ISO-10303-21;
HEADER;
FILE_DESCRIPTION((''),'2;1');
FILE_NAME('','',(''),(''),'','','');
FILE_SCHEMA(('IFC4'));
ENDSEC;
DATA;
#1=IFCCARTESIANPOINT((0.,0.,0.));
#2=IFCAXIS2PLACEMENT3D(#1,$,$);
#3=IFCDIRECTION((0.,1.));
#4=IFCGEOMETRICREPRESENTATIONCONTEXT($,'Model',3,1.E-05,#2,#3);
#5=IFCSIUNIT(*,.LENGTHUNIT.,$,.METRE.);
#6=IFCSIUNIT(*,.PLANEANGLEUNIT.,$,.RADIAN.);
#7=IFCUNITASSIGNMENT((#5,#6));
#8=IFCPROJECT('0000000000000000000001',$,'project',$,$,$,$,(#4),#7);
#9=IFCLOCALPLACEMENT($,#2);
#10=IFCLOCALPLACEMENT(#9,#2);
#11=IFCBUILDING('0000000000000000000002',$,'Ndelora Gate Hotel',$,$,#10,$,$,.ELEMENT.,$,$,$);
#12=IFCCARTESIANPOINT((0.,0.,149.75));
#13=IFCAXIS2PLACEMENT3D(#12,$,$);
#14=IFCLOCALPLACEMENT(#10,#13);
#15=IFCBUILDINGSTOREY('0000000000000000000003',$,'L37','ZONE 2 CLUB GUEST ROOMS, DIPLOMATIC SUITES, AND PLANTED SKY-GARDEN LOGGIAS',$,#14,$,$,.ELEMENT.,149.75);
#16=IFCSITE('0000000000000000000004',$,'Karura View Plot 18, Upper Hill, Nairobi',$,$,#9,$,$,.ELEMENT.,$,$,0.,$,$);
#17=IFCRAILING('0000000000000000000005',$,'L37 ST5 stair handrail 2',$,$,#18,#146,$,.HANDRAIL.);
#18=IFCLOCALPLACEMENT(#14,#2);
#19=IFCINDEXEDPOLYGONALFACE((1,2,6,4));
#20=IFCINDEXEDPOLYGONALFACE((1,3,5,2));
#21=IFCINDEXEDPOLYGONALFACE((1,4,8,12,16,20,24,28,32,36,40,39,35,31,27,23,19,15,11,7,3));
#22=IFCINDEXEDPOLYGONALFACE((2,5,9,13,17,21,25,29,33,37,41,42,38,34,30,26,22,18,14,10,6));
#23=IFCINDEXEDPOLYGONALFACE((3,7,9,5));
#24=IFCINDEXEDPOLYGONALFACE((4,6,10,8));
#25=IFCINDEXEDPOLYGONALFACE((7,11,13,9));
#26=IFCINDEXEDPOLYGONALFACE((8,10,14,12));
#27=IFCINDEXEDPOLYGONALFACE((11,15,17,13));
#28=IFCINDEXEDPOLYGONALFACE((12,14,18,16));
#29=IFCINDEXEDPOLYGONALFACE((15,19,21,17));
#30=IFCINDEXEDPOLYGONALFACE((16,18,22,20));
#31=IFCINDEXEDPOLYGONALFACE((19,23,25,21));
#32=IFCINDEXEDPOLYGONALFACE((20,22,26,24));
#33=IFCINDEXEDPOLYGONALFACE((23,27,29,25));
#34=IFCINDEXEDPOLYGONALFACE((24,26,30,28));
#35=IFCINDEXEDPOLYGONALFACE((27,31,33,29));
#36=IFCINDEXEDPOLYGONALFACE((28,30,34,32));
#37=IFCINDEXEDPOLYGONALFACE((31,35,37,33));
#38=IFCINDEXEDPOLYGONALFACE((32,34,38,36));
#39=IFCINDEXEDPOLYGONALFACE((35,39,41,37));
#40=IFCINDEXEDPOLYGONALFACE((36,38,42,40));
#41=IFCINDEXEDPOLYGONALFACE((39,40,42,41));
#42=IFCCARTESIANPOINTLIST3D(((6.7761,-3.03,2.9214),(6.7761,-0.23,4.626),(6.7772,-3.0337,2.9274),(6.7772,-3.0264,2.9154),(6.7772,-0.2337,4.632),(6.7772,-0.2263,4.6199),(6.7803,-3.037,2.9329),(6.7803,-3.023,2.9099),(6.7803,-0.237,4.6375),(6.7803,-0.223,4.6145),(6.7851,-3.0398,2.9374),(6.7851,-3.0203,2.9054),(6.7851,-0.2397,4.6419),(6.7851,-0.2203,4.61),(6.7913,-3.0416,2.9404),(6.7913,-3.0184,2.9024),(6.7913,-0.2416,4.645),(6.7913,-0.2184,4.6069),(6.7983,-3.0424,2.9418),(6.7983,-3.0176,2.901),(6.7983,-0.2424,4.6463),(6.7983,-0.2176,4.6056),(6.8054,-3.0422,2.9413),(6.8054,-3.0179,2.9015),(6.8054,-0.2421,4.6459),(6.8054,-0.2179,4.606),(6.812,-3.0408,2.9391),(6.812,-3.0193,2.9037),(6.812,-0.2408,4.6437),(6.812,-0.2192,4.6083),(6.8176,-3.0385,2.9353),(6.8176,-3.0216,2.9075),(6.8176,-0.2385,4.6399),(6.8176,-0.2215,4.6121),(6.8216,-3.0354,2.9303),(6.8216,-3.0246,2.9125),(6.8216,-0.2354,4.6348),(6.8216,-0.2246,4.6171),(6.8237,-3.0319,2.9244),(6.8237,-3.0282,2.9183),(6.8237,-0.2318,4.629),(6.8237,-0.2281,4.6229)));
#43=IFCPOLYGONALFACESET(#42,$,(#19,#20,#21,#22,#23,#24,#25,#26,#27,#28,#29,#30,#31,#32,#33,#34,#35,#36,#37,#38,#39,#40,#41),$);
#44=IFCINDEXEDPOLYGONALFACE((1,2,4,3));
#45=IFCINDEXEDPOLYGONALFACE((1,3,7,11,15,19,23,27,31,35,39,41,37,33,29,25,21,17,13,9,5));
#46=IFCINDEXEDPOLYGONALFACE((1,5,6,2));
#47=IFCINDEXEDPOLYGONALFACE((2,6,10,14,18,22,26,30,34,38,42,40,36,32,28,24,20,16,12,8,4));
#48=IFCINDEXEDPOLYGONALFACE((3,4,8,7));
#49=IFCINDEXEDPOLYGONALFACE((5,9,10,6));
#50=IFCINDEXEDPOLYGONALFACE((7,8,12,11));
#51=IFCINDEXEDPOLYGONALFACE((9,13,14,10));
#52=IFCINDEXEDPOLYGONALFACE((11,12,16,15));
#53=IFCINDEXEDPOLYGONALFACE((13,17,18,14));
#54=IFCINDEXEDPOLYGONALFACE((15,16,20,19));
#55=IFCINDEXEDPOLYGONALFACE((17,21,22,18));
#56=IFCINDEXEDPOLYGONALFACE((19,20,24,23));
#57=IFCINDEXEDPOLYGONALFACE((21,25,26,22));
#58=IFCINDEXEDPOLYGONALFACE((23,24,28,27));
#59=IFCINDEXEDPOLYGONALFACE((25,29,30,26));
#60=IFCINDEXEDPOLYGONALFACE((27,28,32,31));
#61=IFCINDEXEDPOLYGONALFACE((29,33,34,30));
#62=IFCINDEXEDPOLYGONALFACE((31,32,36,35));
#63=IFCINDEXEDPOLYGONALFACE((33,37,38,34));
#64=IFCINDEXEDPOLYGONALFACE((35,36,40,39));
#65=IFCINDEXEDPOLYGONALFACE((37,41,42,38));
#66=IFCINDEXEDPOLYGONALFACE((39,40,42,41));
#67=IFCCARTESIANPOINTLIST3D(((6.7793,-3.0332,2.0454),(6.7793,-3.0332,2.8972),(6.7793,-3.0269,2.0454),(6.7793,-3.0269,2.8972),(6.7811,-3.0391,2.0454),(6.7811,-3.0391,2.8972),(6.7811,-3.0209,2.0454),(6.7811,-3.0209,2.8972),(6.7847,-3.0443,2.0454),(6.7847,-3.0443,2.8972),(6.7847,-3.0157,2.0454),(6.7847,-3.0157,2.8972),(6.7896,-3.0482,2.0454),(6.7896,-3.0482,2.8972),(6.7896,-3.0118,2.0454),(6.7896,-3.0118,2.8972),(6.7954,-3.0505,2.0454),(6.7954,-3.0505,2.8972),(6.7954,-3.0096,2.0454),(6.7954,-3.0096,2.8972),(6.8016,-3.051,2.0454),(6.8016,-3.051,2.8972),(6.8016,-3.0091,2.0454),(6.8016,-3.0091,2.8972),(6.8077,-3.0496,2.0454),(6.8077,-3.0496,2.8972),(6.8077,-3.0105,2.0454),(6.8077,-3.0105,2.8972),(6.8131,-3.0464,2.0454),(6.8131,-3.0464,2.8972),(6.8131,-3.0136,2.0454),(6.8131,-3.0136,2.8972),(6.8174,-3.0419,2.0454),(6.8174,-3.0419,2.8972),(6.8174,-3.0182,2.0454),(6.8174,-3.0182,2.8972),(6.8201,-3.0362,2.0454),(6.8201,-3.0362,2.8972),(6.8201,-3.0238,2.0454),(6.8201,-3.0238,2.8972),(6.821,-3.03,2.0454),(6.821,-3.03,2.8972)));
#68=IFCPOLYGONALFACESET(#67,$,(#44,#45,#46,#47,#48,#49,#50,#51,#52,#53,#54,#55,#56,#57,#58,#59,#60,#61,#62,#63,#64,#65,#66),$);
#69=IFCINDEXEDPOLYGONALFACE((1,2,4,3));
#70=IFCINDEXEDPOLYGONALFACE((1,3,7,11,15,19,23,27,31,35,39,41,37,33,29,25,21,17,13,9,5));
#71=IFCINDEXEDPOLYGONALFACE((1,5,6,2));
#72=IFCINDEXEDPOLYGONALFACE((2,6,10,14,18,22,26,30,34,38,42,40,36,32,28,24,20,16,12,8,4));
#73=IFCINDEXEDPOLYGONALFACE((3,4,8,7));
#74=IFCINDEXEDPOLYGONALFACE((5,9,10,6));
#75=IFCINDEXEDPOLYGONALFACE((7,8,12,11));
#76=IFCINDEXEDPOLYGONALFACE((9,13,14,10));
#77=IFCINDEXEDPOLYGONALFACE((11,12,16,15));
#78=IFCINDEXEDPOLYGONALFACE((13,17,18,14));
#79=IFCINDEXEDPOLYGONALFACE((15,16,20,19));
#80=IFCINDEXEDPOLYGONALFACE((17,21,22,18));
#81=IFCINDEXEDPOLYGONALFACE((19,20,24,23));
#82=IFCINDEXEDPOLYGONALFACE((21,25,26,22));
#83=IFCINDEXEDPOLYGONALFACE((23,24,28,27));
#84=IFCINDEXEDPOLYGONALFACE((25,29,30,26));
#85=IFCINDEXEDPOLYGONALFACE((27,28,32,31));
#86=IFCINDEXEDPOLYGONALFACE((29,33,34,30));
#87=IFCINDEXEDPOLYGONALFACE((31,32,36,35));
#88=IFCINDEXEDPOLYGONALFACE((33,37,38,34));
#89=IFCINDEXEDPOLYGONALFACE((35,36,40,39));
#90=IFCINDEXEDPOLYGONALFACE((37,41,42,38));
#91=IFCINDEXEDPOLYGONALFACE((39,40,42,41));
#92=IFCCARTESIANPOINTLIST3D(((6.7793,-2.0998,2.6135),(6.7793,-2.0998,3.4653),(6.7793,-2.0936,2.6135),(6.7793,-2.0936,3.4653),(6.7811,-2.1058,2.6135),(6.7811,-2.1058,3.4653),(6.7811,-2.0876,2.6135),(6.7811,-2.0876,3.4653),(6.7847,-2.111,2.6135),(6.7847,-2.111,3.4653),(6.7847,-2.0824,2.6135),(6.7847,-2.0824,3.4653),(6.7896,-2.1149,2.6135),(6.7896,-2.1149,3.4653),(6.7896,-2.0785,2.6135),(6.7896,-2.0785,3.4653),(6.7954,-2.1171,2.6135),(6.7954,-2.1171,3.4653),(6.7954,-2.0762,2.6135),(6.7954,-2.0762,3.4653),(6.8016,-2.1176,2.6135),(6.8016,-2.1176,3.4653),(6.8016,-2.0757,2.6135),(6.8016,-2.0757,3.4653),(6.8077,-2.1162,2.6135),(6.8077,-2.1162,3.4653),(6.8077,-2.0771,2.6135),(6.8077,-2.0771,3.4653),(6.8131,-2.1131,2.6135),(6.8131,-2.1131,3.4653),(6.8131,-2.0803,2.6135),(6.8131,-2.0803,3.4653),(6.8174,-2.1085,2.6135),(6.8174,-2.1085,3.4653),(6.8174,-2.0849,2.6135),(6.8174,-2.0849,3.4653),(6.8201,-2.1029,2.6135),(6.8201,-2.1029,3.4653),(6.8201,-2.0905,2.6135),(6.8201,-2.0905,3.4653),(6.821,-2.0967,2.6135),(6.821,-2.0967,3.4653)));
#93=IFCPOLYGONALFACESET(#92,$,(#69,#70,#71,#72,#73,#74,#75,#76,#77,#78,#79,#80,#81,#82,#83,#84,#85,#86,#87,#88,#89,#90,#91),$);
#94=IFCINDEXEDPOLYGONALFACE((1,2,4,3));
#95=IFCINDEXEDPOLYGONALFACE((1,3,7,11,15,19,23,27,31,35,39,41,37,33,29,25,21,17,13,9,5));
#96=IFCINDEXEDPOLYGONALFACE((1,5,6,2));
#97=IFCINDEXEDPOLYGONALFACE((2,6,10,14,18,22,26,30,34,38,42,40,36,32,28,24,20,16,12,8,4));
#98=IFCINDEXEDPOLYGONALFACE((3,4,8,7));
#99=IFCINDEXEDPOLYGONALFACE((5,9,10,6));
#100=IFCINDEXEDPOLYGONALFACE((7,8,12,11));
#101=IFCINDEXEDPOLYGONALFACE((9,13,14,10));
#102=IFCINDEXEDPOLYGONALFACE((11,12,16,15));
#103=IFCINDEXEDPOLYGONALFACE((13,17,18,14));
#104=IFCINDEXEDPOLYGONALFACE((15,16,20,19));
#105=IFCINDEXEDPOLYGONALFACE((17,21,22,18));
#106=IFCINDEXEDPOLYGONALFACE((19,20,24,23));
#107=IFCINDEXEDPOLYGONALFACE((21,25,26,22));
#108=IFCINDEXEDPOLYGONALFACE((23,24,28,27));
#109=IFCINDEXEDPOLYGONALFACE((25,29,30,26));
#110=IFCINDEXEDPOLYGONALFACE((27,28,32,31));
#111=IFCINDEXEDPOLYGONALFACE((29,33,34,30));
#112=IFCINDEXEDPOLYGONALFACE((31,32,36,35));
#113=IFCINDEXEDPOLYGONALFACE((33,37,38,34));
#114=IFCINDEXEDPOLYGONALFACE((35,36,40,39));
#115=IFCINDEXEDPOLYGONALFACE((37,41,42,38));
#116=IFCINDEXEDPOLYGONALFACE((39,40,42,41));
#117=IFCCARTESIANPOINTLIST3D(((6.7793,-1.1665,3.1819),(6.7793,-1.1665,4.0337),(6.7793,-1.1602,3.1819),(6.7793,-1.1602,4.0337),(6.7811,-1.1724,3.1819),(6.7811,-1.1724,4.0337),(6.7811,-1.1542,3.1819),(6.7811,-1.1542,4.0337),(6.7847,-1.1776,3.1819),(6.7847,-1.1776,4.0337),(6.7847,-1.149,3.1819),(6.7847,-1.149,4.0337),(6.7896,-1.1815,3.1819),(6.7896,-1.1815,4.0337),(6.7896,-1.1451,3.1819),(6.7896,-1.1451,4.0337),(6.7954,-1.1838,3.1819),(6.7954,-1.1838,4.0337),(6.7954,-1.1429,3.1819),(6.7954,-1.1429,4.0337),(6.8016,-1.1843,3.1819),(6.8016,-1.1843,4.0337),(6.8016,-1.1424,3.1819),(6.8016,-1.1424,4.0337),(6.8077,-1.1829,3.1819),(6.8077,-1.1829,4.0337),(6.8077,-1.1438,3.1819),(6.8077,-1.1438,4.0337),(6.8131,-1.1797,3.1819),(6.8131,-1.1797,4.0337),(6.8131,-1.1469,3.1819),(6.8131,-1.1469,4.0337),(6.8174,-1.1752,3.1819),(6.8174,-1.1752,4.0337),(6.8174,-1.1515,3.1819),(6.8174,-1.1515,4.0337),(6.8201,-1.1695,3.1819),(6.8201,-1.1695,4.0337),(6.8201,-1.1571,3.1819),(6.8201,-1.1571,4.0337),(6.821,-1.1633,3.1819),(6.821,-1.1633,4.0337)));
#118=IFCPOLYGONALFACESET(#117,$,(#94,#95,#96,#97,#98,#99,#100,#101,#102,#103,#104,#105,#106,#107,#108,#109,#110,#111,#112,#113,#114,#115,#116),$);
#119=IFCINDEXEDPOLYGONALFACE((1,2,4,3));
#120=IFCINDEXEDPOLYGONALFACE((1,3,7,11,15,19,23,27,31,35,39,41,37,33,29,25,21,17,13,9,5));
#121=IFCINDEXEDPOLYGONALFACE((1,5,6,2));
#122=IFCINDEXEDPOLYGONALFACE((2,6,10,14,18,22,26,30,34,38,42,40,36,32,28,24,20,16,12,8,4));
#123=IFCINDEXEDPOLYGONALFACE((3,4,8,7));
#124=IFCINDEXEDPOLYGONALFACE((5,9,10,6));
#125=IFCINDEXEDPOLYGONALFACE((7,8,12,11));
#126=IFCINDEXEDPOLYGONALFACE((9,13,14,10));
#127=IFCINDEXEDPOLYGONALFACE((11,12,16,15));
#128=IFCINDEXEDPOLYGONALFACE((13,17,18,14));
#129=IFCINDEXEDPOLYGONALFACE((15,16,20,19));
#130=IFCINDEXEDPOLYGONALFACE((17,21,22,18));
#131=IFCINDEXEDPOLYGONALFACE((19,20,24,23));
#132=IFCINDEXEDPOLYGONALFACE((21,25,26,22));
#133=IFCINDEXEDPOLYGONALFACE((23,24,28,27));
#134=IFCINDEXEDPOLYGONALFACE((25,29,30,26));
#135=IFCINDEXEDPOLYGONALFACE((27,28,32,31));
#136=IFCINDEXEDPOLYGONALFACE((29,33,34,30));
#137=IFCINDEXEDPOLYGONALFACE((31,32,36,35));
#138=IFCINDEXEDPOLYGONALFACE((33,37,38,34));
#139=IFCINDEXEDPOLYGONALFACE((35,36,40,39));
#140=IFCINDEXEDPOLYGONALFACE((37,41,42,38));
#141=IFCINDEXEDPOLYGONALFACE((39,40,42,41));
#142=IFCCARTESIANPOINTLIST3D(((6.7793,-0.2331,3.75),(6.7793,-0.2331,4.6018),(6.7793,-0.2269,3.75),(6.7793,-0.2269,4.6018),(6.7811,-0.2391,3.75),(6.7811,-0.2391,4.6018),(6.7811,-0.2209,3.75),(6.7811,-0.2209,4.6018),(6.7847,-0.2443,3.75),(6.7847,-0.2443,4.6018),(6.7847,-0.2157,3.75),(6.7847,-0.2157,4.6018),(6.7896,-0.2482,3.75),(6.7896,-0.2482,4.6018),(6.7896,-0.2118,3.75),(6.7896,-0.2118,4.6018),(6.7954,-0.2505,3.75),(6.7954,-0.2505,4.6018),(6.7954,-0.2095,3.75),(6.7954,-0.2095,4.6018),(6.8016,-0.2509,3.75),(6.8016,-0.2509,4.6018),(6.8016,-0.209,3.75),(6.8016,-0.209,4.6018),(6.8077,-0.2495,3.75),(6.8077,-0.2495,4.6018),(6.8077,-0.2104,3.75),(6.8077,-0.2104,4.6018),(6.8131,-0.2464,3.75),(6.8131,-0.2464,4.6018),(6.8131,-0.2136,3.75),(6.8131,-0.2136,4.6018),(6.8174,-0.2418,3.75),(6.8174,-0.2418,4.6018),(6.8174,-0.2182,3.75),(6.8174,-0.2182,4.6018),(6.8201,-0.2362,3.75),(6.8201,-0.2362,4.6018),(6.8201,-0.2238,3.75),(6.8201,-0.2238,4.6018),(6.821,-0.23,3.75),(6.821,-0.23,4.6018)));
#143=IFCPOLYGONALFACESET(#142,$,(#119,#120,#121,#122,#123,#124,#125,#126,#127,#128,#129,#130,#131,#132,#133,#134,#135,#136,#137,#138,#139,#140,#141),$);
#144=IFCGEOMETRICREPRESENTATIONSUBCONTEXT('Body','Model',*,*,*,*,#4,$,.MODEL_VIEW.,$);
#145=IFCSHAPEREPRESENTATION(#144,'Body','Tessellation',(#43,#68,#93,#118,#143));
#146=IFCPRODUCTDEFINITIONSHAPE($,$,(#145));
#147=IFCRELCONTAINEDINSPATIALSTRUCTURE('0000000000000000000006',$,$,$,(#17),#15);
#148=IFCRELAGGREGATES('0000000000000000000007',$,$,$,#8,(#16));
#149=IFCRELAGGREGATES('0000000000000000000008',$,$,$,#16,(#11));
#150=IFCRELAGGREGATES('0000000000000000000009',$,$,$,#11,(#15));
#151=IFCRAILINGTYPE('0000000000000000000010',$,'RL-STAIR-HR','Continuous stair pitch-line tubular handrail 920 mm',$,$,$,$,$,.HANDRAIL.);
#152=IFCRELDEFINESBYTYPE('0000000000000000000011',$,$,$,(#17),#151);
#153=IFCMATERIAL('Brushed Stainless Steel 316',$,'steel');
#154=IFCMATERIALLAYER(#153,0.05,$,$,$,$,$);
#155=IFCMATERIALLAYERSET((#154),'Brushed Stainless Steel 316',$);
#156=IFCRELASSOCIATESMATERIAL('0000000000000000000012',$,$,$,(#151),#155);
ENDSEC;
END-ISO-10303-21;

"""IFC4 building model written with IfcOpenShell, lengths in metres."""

from ifc_helpers import new_model, si_unit, direction, frame, origin, origin_2d, place, context, subcontext, project, spatial, circle, extrude, material, layer, layer_set, type_object, element, save


model = new_model("IFC4")

# Units and contexts
model_context = context("Model", 3, precision=1e-05, world=origin(), true_north=direction((0.0, 1.0)))
body_context = subcontext(model_context, "Body", "Model", "MODEL_VIEW")
ifc_project = project(units=[si_unit("LENGTHUNIT", "METRE"), si_unit("PLANEANGLEUNIT", "RADIAN")], contexts=[model_context])

# Site, building, storey
site_placement = place(None, origin())
site = spatial("IfcSite", under=ifc_project, at=site_placement, Name="Karura View Plot 18, Upper Hill, Nairobi", CompositionType="ELEMENT", RefElevation=0.0)
building_placement = place(site_placement, origin())
building = spatial("IfcBuilding", under=site, at=building_placement, Name="Ndelora Gate Hotel", CompositionType="ELEMENT")
storey_placement = place(building_placement, frame((0.0, 0.0, 149.75)))
storey = spatial("IfcBuildingStorey", under=building, at=storey_placement, Name="L37", Description="ZONE 2 CLUB GUEST ROOMS, DIPLOMATIC SUITES, AND PLANTED SKY-GARDEN LOGGIAS", CompositionType="ELEMENT", Elevation=149.75)

# Railing
ifc_material_1 = material(Name="Brushed Stainless Steel 316", Category="steel")
ifc_layer_1 = layer(ifc_material_1, 0.05)
ifc_layer_set_1 = layer_set([ifc_layer_1], Name="Brushed Stainless Steel 316")
railing_type_1 = type_object("IfcRailingType", Name="RL-STAIR-HR", Description="Continuous stair pitch-line tubular handrail 920 mm", PredefinedType="HANDRAIL", material=ifc_layer_set_1)
railing_1_placement = place(storey_placement, frame((6.8, -3.03, 2.0454)))
element("IfcRailing", 1, at=railing_1_placement, inside=storey, type_object=railing_type_1, Name="L37 ST5 stair handrail 2", PredefinedType="HANDRAIL", context=body_context, shape_type="SweptSolid", body=[
    extrude(circle(Radius=0.0239, at=origin_2d()), frame((0.0, 0.0, 0.876), z_axis=(0.0, 0.85417, 0.519994), x_axis=(-1.0, 0.0, 0.0)), (0.0, 0.0, 1.0), 3.2781),
    extrude(circle(Radius=0.021, at=origin_2d()), origin(), (0.0, 0.0, 1.0), 0.8518),
    extrude(circle(Radius=0.021, at=origin_2d()), frame((0.0, 0.9333, 0.5681)), (0.0, 0.0, 1.0), 0.8518),
    extrude(circle(Radius=0.021, at=origin_2d()), frame((0.0, 1.8667, 1.1365)), (0.0, 0.0, 1.0), 0.8518),
    extrude(circle(Radius=0.021, at=origin_2d()), frame((0.0, 2.8, 1.7046)), (0.0, 0.0, 1.0), 0.8518),
])

save(model, "model.ifc")
